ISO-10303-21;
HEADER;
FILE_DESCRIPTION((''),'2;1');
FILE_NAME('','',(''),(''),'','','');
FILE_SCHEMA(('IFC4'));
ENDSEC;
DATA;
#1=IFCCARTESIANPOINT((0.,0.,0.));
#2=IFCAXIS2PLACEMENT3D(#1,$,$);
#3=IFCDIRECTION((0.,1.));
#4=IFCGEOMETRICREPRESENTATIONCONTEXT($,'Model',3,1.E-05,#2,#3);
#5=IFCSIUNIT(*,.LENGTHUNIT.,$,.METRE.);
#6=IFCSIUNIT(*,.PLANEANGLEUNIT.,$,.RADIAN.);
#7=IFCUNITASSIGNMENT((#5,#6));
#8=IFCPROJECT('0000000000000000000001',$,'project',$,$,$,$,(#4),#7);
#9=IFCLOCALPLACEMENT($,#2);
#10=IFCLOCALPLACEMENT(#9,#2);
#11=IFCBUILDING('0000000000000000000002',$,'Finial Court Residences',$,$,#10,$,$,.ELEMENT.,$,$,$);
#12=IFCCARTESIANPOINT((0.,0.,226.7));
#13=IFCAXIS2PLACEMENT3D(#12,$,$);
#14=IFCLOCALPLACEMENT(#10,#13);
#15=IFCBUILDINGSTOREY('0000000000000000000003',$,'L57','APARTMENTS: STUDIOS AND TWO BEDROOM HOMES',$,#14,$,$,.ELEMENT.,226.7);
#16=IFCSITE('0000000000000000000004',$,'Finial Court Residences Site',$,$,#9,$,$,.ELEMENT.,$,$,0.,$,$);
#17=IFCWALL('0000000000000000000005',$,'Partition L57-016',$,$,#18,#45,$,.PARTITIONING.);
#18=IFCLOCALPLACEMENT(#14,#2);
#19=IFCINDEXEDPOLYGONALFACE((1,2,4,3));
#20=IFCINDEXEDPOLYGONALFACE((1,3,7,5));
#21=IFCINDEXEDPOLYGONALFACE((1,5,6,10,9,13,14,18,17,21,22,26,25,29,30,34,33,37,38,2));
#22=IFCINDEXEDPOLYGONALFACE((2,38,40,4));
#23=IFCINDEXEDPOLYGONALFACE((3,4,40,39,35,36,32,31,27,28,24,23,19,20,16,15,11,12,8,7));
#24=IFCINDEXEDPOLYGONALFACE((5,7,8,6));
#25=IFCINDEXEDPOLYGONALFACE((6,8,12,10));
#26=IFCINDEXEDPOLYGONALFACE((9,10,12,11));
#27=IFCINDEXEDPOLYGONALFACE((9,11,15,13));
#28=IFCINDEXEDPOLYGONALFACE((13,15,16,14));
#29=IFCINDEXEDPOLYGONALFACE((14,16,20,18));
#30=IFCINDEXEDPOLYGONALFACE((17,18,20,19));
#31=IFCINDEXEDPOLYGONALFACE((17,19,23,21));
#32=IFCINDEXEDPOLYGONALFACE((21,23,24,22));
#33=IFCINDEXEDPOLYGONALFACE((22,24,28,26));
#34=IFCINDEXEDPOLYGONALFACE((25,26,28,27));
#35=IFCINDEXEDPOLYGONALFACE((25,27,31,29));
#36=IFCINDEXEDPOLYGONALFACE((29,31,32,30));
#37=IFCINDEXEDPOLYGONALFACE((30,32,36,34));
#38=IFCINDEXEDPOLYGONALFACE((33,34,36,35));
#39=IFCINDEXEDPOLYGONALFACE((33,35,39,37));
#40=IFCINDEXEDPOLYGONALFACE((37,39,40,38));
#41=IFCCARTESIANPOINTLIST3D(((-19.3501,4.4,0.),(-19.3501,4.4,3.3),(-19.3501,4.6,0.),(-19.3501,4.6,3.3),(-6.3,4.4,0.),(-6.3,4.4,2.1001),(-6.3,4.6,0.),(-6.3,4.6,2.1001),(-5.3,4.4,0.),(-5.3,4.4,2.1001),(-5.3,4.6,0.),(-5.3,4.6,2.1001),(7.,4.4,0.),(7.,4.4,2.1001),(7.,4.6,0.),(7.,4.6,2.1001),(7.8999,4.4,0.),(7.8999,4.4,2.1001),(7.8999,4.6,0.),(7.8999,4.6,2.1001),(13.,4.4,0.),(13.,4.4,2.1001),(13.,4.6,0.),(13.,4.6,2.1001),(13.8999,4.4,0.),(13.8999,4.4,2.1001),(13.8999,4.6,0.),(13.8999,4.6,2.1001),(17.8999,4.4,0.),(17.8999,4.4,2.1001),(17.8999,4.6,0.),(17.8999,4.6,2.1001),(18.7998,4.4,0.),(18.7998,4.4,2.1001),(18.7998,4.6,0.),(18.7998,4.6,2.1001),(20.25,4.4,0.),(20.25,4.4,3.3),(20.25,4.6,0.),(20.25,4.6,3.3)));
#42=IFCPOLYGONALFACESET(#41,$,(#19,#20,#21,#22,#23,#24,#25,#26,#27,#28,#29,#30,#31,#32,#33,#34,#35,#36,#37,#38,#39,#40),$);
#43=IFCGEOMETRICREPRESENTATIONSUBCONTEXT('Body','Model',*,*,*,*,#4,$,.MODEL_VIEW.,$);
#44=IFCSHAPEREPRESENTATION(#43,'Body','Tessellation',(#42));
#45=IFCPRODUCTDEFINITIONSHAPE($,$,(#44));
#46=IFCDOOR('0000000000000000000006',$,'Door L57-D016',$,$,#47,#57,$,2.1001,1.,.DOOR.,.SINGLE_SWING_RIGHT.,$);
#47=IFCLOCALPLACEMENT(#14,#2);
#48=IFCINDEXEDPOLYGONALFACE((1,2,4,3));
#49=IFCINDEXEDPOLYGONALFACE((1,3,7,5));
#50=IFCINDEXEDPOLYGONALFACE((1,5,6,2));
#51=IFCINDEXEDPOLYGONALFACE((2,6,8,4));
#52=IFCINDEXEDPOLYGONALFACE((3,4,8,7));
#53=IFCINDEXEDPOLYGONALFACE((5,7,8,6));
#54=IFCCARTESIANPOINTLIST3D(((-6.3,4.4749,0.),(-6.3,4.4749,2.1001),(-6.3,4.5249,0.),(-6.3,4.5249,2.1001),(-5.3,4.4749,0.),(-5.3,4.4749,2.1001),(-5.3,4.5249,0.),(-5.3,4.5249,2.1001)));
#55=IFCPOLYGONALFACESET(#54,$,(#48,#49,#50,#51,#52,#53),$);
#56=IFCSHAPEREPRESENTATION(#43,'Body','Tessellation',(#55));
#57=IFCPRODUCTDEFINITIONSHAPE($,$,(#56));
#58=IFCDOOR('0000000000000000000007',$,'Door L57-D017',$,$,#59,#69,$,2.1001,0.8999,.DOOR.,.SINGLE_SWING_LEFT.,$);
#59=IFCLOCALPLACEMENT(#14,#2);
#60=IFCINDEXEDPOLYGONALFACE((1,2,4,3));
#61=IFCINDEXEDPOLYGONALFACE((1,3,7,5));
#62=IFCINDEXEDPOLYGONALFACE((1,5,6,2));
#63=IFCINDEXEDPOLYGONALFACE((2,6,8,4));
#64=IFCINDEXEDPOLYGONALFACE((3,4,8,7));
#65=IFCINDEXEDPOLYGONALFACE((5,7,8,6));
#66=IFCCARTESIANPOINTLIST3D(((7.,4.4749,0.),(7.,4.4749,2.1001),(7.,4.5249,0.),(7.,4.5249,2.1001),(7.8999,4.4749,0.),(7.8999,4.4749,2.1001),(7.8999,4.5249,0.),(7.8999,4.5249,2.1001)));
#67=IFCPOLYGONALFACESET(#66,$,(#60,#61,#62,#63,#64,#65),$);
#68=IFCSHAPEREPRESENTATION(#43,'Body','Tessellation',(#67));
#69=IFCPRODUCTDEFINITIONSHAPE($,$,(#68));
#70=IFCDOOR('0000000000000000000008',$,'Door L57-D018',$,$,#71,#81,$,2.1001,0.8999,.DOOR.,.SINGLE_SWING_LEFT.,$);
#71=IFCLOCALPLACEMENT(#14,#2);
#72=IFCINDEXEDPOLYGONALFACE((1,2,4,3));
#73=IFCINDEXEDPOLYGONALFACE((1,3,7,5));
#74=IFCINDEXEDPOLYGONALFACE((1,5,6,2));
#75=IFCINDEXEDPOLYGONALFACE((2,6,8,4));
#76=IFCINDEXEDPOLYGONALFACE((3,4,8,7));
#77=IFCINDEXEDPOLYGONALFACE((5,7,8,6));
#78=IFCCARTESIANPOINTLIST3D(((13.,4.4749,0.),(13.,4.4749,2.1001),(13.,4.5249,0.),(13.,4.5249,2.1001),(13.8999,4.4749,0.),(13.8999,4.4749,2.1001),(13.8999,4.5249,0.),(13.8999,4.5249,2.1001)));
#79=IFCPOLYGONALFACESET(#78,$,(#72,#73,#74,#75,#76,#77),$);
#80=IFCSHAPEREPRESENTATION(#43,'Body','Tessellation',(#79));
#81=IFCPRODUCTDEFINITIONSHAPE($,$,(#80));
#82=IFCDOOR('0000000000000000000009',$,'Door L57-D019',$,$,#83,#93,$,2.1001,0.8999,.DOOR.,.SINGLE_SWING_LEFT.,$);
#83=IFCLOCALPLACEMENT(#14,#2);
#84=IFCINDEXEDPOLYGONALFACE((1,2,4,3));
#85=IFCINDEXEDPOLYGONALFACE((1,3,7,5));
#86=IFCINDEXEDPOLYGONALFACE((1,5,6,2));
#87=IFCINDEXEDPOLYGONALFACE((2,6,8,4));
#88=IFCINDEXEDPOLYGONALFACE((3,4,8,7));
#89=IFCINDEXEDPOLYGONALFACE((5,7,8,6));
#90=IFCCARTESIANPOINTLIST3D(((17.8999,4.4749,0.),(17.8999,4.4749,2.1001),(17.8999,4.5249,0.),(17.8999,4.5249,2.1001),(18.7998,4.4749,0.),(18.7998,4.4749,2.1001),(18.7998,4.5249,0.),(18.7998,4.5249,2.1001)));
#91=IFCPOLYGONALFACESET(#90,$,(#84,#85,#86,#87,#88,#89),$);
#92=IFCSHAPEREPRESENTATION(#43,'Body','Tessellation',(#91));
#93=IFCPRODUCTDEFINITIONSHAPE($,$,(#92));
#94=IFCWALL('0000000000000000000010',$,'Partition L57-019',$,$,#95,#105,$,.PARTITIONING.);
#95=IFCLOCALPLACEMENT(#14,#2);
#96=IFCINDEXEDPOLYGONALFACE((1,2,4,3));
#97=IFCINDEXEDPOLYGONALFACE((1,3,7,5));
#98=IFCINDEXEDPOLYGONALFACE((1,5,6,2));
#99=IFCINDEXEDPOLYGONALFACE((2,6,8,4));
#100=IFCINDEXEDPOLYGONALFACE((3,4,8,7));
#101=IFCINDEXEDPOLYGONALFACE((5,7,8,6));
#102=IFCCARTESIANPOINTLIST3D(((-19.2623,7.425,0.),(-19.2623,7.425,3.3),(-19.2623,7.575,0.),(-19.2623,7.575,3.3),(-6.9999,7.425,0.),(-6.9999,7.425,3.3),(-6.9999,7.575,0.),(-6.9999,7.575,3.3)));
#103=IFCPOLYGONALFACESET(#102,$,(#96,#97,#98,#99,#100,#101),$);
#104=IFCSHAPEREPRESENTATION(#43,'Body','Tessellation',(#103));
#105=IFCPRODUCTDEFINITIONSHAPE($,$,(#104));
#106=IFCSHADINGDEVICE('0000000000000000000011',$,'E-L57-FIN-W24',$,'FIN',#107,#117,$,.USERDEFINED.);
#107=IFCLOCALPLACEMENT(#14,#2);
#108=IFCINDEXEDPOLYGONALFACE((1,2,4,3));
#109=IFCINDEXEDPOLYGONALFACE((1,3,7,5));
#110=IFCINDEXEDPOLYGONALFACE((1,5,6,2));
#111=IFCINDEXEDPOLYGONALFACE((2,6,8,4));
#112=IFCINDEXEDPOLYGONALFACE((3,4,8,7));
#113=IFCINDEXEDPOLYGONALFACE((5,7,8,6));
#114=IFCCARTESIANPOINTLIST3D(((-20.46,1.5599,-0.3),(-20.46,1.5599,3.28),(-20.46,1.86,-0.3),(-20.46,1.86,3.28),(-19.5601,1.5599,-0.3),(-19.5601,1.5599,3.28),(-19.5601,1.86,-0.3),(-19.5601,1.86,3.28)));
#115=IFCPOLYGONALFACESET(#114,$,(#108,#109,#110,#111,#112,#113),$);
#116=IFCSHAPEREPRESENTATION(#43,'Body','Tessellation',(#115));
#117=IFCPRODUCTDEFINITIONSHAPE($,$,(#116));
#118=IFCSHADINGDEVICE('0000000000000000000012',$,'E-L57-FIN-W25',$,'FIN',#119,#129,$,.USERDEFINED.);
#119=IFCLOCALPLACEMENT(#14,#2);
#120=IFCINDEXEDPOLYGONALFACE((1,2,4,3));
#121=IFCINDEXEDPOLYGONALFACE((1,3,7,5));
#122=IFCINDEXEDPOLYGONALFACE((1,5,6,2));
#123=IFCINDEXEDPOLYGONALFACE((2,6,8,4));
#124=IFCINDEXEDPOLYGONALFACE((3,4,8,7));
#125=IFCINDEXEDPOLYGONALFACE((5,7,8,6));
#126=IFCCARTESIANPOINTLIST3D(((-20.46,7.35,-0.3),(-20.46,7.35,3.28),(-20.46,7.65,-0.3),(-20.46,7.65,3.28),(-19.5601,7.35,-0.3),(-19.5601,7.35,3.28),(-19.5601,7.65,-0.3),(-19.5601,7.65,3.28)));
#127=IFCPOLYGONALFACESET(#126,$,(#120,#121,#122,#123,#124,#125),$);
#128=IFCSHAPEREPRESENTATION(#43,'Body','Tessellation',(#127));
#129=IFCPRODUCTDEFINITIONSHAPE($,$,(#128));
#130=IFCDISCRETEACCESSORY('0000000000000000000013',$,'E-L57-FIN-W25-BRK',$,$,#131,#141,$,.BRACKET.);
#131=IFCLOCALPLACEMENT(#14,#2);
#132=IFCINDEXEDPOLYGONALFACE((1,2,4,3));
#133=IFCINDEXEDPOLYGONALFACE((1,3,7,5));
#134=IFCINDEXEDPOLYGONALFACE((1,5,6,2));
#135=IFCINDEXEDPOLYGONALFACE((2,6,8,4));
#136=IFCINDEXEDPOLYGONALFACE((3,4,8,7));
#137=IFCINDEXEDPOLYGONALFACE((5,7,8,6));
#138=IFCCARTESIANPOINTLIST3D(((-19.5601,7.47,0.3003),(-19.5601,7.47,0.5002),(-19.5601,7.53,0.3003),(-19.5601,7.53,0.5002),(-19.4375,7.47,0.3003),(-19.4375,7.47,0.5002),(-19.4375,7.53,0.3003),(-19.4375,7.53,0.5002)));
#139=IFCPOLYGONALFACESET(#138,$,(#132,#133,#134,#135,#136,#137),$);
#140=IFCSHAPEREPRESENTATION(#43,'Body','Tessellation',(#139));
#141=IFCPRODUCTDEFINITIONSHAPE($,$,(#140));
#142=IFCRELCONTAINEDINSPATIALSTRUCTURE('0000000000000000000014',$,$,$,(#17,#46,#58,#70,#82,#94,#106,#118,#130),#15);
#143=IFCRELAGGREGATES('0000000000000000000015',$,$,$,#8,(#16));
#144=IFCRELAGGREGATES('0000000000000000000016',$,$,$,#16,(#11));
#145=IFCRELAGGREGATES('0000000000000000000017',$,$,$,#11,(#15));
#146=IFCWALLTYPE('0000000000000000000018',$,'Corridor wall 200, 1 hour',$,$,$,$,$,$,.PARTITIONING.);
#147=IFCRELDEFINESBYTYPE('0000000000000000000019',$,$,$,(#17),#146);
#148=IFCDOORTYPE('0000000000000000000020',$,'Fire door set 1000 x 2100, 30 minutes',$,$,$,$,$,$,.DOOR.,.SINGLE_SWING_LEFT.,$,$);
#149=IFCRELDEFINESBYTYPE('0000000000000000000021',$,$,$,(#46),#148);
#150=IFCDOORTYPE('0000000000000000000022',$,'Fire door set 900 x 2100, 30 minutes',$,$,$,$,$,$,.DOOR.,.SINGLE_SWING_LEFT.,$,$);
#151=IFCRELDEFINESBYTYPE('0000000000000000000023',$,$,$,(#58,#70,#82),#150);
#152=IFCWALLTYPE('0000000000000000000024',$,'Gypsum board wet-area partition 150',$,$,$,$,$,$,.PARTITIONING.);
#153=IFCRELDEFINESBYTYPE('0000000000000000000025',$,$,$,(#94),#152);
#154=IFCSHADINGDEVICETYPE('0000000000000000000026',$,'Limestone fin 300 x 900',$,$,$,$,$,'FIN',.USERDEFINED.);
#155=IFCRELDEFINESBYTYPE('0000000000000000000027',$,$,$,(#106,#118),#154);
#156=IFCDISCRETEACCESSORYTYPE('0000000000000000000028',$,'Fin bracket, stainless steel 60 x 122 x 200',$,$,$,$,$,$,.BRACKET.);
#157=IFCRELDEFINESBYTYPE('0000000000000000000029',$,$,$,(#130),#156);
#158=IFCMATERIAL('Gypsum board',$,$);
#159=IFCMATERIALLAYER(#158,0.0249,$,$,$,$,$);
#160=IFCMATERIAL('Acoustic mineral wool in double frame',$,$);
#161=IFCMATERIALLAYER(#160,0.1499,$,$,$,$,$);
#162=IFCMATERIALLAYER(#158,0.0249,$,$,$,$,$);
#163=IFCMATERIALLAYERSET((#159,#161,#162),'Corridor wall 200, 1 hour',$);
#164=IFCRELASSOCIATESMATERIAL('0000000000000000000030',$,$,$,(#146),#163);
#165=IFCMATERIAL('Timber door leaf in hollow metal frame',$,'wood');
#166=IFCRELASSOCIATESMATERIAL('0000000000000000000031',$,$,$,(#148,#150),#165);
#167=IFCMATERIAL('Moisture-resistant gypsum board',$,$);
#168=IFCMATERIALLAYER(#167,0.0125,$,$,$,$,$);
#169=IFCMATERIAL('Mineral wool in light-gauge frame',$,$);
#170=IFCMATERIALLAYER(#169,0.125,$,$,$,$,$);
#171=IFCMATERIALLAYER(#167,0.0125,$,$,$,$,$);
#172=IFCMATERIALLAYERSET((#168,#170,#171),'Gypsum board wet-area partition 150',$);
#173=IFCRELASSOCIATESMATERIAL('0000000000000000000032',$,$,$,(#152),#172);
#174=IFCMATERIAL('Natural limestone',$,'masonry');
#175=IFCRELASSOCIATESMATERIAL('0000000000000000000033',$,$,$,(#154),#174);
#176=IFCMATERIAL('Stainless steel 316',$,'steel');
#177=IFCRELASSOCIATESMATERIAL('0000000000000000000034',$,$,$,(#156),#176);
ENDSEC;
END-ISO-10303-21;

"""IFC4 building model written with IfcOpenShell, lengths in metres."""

from ifc_helpers import new_model, si_unit, direction, frame, frame_2d, origin, origin_2d, place, context, subcontext, project, spatial, rectangle, extrude, material, layer, layer_set, type_object, element, fill, save


model = new_model("IFC4")

# Units and contexts
model_context = context("Model", 3, precision=1e-05, world=origin(), true_north=direction((0.0, 1.0)))
body_context = subcontext(model_context, "Body", "Model", "MODEL_VIEW")
ifc_project = project(units=[si_unit("LENGTHUNIT", "METRE"), si_unit("PLANEANGLEUNIT", "RADIAN")], contexts=[model_context])

# Site, building, storey
site_placement = place(None, origin())
site = spatial("IfcSite", under=ifc_project, at=site_placement, Name="Finial Court Residences Site", CompositionType="ELEMENT", RefElevation=0.0)
building_placement = place(site_placement, origin())
building = spatial("IfcBuilding", under=site, at=building_placement, Name="Finial Court Residences", CompositionType="ELEMENT")
storey_placement = place(building_placement, frame((0.0, 0.0, 226.7)))
storey = spatial("IfcBuildingStorey", under=building, at=storey_placement, Name="L57", Description="APARTMENTS: STUDIOS AND TWO BEDROOM HOMES", CompositionType="ELEMENT", Elevation=226.7)

# Shared definitions
ifc_material_1 = material(Name="Gypsum board")
ifc_layer_1 = layer(ifc_material_1, 0.0249)
ifc_material_2 = material(Name="Acoustic mineral wool in double frame")
ifc_layer_2 = layer(ifc_material_2, 0.1499)
ifc_layer_3 = layer(ifc_material_1, 0.0249)
ifc_layer_set_1 = layer_set([ifc_layer_1, ifc_layer_2, ifc_layer_3], Name="Corridor wall 200, 1 hour")
wall_type_1 = type_object("IfcWallType", Name="Corridor wall 200, 1 hour", PredefinedType="PARTITIONING", material=ifc_layer_set_1)

# Wall, openings, doors
wall_1_placement = place(storey_placement, frame((-19.3501, 4.5, 0.0), z_axis=(0.0, 0.0, 1.0), x_axis=(1.0, 0.0, 0.0)))
wall_1 = element("IfcWall", 1, at=wall_1_placement, inside=storey, type_object=wall_type_1, Name="Partition L57-016", PredefinedType="PARTITIONING", context=body_context, shape_type="SweptSolid", body=[
    extrude(rectangle(XDim=39.6001, YDim=0.2, at=frame_2d((19.8, 0.0))), origin(), (0.0, 0.0, 1.0), 3.3),
])
opening_1_placement = place(wall_1_placement, frame((13.05, 0.0, 0.0)))
opening_1 = element("IfcOpeningElement", 2, at=opening_1_placement, cuts=wall_1, PredefinedType="OPENING", context=body_context, shape_type="SweptSolid", body=[
    extrude(rectangle(XDim=1.0, YDim=2.1001, at=frame_2d((0.5, 1.05))), frame((0.0, 0.1099, 0.0), z_axis=(0.0, -1.0, 0.0), x_axis=(1.0, 0.0, 0.0)), (0.0, 0.0, 1.0), 0.22),
])
opening_2_placement = place(wall_1_placement, frame((26.3501, 0.0, 0.0)))
opening_2 = element("IfcOpeningElement", 3, at=opening_2_placement, cuts=wall_1, PredefinedType="OPENING", context=body_context, shape_type="SweptSolid", body=[
    extrude(rectangle(XDim=0.8999, YDim=2.1001, at=frame_2d((0.45, 1.05))), frame((0.0, 0.1099, 0.0), z_axis=(0.0, -1.0, 0.0), x_axis=(1.0, 0.0, 0.0)), (0.0, 0.0, 1.0), 0.22),
])
opening_3_placement = place(wall_1_placement, frame((32.3501, 0.0, 0.0)))
opening_3 = element("IfcOpeningElement", 4, at=opening_3_placement, cuts=wall_1, PredefinedType="OPENING", context=body_context, shape_type="SweptSolid", body=[
    extrude(rectangle(XDim=0.8999, YDim=2.1001, at=frame_2d((0.45, 1.05))), frame((0.0, 0.1099, 0.0), z_axis=(0.0, -1.0, 0.0), x_axis=(1.0, 0.0, 0.0)), (0.0, 0.0, 1.0), 0.22),
])
opening_4_placement = place(wall_1_placement, frame((37.25, 0.0, 0.0)))
opening_4 = element("IfcOpeningElement", 5, at=opening_4_placement, cuts=wall_1, PredefinedType="OPENING", context=body_context, shape_type="SweptSolid", body=[
    extrude(rectangle(XDim=0.8999, YDim=2.1001, at=frame_2d((0.45, 1.05))), frame((0.0, 0.1099, 0.0), z_axis=(0.0, -1.0, 0.0), x_axis=(1.0, 0.0, 0.0)), (0.0, 0.0, 1.0), 0.22),
])
ifc_material_3 = material(Name="Timber door leaf in hollow metal frame", Category="wood")
door_type_1 = type_object("IfcDoorType", Name="Fire door set 1000 x 2100, 30 minutes", OperationType="SINGLE_SWING_LEFT", PredefinedType="DOOR", material=ifc_material_3)
door_1_placement = place(opening_1_placement, origin())
door_1 = element("IfcDoor", 6, at=door_1_placement, inside=storey, type_object=door_type_1, Name="Door L57-D016", OperationType="SINGLE_SWING_RIGHT", OverallHeight=2.1001, OverallWidth=1.0, PredefinedType="DOOR", context=body_context, shape_type="SweptSolid", body=[
    extrude(rectangle(XDim=1.0, YDim=2.1001, at=frame_2d((0.5, 1.05))), frame((0.0, 0.0249, 0.0), z_axis=(0.0, -1.0, 0.0), x_axis=(1.0, 0.0, 0.0)), (0.0, 0.0, 1.0), 0.05),
])
fill(opening_1, door_1)
door_type_2 = type_object("IfcDoorType", Name="Fire door set 900 x 2100, 30 minutes", OperationType="SINGLE_SWING_LEFT", PredefinedType="DOOR", material=ifc_material_3)
door_2_placement = place(opening_2_placement, origin())
door_2 = element("IfcDoor", 7, at=door_2_placement, inside=storey, type_object=door_type_2, Name="Door L57-D017", OperationType="SINGLE_SWING_LEFT", OverallHeight=2.1001, OverallWidth=0.8999, PredefinedType="DOOR", context=body_context, shape_type="SweptSolid", body=[
    extrude(rectangle(XDim=0.8999, YDim=2.1001, at=frame_2d((0.45, 1.05))), frame((0.0, 0.0249, 0.0), z_axis=(0.0, -1.0, 0.0), x_axis=(1.0, 0.0, 0.0)), (0.0, 0.0, 1.0), 0.05),
])
fill(opening_2, door_2)
door_3_placement = place(opening_3_placement, origin())
door_3 = element("IfcDoor", 8, at=door_3_placement, inside=storey, type_object=door_type_2, Name="Door L57-D018", OperationType="SINGLE_SWING_LEFT", OverallHeight=2.1001, OverallWidth=0.8999, PredefinedType="DOOR", context=body_context, shape_type="SweptSolid", body=[
    extrude(rectangle(XDim=0.8999, YDim=2.1001, at=frame_2d((0.45, 1.05))), frame((0.0, 0.0249, 0.0), z_axis=(0.0, -1.0, 0.0), x_axis=(1.0, 0.0, 0.0)), (0.0, 0.0, 1.0), 0.05),
])
fill(opening_3, door_3)
door_4_placement = place(opening_4_placement, origin())
door_4 = element("IfcDoor", 9, at=door_4_placement, inside=storey, type_object=door_type_2, Name="Door L57-D019", OperationType="SINGLE_SWING_LEFT", OverallHeight=2.1001, OverallWidth=0.8999, PredefinedType="DOOR", context=body_context, shape_type="SweptSolid", body=[
    extrude(rectangle(XDim=0.8999, YDim=2.1001, at=frame_2d((0.45, 1.05))), frame((0.0, 0.0249, 0.0), z_axis=(0.0, -1.0, 0.0), x_axis=(1.0, 0.0, 0.0)), (0.0, 0.0, 1.0), 0.05),
])
fill(opening_4, door_4)

# Wall
ifc_material_4 = material(Name="Moisture-resistant gypsum board")
ifc_layer_4 = layer(ifc_material_4, 0.0125)
ifc_material_5 = material(Name="Mineral wool in light-gauge frame")
ifc_layer_5 = layer(ifc_material_5, 0.125)
ifc_layer_6 = layer(ifc_material_4, 0.0125)
ifc_layer_set_2 = layer_set([ifc_layer_4, ifc_layer_5, ifc_layer_6], Name="Gypsum board wet-area partition 150")
wall_type_2 = type_object("IfcWallType", Name="Gypsum board wet-area partition 150", PredefinedType="PARTITIONING", material=ifc_layer_set_2)
wall_2_placement = place(storey_placement, frame((-19.2625, 7.5, 0.0), z_axis=(0.0, 0.0, 1.0), x_axis=(1.0, 0.0, 0.0)))
element("IfcWall", 10, at=wall_2_placement, inside=storey, type_object=wall_type_2, Name="Partition L57-019", PredefinedType="PARTITIONING", context=body_context, shape_type="SweptSolid", body=[
    extrude(rectangle(XDim=12.2625, YDim=0.1499, at=frame_2d((6.1313, 0.0))), origin(), (0.0, 0.0, 1.0), 3.3),
])

# Shading devices
ifc_material_6 = material(Name="Natural limestone", Category="masonry")
shading_device_type = type_object("IfcShadingDeviceType", Name="Limestone fin 300 x 900", ElementType="FIN", PredefinedType="USERDEFINED", material=ifc_material_6)
for number, where, z_axis, x_axis, name in (
    (11, (-20.01, 1.71, -0.3), (0.0, 0.0, 1.0), (1.0, 0.0, 0.0), "E-L57-FIN-W24"),
    (12, (-20.01, 7.5, -0.3), (0.0, 0.0, 1.0), (1.0, 0.0, 0.0), "E-L57-FIN-W25"),
):
    element("IfcShadingDevice", number, at=place(storey_placement, frame(where, z_axis=z_axis, x_axis=x_axis)), inside=storey, type_object=shading_device_type, Name=name, ObjectType="FIN", PredefinedType="USERDEFINED", context=body_context, shape_type="SweptSolid", body=[
        extrude(rectangle(XDim=0.8999, YDim=0.3, at=origin_2d()), origin(), (0.0, 0.0, 1.0), 3.5801),
    ])

# Discrete accessory
ifc_material_7 = material(Name="Stainless steel 316", Category="steel")
discrete_accessory_type = type_object("IfcDiscreteAccessoryType", Name="Fin bracket, stainless steel 60 x 122 x 200", PredefinedType="BRACKET", material=ifc_material_7)
discrete_accessory_placement = place(storey_placement, frame((-19.4988, 7.5, 0.3003), z_axis=(0.0, 0.0, 1.0), x_axis=(1.0, 0.0, 0.0)))
element("IfcDiscreteAccessory", 13, at=discrete_accessory_placement, inside=storey, type_object=discrete_accessory_type, Name="E-L57-FIN-W25-BRK", PredefinedType="BRACKET", context=body_context, shape_type="SweptSolid", body=[
    extrude(rectangle(XDim=0.1226, YDim=0.0601, at=origin_2d()), origin(), (0.0, 0.0, 1.0), 0.2),
])

save(model, "model.ifc")
